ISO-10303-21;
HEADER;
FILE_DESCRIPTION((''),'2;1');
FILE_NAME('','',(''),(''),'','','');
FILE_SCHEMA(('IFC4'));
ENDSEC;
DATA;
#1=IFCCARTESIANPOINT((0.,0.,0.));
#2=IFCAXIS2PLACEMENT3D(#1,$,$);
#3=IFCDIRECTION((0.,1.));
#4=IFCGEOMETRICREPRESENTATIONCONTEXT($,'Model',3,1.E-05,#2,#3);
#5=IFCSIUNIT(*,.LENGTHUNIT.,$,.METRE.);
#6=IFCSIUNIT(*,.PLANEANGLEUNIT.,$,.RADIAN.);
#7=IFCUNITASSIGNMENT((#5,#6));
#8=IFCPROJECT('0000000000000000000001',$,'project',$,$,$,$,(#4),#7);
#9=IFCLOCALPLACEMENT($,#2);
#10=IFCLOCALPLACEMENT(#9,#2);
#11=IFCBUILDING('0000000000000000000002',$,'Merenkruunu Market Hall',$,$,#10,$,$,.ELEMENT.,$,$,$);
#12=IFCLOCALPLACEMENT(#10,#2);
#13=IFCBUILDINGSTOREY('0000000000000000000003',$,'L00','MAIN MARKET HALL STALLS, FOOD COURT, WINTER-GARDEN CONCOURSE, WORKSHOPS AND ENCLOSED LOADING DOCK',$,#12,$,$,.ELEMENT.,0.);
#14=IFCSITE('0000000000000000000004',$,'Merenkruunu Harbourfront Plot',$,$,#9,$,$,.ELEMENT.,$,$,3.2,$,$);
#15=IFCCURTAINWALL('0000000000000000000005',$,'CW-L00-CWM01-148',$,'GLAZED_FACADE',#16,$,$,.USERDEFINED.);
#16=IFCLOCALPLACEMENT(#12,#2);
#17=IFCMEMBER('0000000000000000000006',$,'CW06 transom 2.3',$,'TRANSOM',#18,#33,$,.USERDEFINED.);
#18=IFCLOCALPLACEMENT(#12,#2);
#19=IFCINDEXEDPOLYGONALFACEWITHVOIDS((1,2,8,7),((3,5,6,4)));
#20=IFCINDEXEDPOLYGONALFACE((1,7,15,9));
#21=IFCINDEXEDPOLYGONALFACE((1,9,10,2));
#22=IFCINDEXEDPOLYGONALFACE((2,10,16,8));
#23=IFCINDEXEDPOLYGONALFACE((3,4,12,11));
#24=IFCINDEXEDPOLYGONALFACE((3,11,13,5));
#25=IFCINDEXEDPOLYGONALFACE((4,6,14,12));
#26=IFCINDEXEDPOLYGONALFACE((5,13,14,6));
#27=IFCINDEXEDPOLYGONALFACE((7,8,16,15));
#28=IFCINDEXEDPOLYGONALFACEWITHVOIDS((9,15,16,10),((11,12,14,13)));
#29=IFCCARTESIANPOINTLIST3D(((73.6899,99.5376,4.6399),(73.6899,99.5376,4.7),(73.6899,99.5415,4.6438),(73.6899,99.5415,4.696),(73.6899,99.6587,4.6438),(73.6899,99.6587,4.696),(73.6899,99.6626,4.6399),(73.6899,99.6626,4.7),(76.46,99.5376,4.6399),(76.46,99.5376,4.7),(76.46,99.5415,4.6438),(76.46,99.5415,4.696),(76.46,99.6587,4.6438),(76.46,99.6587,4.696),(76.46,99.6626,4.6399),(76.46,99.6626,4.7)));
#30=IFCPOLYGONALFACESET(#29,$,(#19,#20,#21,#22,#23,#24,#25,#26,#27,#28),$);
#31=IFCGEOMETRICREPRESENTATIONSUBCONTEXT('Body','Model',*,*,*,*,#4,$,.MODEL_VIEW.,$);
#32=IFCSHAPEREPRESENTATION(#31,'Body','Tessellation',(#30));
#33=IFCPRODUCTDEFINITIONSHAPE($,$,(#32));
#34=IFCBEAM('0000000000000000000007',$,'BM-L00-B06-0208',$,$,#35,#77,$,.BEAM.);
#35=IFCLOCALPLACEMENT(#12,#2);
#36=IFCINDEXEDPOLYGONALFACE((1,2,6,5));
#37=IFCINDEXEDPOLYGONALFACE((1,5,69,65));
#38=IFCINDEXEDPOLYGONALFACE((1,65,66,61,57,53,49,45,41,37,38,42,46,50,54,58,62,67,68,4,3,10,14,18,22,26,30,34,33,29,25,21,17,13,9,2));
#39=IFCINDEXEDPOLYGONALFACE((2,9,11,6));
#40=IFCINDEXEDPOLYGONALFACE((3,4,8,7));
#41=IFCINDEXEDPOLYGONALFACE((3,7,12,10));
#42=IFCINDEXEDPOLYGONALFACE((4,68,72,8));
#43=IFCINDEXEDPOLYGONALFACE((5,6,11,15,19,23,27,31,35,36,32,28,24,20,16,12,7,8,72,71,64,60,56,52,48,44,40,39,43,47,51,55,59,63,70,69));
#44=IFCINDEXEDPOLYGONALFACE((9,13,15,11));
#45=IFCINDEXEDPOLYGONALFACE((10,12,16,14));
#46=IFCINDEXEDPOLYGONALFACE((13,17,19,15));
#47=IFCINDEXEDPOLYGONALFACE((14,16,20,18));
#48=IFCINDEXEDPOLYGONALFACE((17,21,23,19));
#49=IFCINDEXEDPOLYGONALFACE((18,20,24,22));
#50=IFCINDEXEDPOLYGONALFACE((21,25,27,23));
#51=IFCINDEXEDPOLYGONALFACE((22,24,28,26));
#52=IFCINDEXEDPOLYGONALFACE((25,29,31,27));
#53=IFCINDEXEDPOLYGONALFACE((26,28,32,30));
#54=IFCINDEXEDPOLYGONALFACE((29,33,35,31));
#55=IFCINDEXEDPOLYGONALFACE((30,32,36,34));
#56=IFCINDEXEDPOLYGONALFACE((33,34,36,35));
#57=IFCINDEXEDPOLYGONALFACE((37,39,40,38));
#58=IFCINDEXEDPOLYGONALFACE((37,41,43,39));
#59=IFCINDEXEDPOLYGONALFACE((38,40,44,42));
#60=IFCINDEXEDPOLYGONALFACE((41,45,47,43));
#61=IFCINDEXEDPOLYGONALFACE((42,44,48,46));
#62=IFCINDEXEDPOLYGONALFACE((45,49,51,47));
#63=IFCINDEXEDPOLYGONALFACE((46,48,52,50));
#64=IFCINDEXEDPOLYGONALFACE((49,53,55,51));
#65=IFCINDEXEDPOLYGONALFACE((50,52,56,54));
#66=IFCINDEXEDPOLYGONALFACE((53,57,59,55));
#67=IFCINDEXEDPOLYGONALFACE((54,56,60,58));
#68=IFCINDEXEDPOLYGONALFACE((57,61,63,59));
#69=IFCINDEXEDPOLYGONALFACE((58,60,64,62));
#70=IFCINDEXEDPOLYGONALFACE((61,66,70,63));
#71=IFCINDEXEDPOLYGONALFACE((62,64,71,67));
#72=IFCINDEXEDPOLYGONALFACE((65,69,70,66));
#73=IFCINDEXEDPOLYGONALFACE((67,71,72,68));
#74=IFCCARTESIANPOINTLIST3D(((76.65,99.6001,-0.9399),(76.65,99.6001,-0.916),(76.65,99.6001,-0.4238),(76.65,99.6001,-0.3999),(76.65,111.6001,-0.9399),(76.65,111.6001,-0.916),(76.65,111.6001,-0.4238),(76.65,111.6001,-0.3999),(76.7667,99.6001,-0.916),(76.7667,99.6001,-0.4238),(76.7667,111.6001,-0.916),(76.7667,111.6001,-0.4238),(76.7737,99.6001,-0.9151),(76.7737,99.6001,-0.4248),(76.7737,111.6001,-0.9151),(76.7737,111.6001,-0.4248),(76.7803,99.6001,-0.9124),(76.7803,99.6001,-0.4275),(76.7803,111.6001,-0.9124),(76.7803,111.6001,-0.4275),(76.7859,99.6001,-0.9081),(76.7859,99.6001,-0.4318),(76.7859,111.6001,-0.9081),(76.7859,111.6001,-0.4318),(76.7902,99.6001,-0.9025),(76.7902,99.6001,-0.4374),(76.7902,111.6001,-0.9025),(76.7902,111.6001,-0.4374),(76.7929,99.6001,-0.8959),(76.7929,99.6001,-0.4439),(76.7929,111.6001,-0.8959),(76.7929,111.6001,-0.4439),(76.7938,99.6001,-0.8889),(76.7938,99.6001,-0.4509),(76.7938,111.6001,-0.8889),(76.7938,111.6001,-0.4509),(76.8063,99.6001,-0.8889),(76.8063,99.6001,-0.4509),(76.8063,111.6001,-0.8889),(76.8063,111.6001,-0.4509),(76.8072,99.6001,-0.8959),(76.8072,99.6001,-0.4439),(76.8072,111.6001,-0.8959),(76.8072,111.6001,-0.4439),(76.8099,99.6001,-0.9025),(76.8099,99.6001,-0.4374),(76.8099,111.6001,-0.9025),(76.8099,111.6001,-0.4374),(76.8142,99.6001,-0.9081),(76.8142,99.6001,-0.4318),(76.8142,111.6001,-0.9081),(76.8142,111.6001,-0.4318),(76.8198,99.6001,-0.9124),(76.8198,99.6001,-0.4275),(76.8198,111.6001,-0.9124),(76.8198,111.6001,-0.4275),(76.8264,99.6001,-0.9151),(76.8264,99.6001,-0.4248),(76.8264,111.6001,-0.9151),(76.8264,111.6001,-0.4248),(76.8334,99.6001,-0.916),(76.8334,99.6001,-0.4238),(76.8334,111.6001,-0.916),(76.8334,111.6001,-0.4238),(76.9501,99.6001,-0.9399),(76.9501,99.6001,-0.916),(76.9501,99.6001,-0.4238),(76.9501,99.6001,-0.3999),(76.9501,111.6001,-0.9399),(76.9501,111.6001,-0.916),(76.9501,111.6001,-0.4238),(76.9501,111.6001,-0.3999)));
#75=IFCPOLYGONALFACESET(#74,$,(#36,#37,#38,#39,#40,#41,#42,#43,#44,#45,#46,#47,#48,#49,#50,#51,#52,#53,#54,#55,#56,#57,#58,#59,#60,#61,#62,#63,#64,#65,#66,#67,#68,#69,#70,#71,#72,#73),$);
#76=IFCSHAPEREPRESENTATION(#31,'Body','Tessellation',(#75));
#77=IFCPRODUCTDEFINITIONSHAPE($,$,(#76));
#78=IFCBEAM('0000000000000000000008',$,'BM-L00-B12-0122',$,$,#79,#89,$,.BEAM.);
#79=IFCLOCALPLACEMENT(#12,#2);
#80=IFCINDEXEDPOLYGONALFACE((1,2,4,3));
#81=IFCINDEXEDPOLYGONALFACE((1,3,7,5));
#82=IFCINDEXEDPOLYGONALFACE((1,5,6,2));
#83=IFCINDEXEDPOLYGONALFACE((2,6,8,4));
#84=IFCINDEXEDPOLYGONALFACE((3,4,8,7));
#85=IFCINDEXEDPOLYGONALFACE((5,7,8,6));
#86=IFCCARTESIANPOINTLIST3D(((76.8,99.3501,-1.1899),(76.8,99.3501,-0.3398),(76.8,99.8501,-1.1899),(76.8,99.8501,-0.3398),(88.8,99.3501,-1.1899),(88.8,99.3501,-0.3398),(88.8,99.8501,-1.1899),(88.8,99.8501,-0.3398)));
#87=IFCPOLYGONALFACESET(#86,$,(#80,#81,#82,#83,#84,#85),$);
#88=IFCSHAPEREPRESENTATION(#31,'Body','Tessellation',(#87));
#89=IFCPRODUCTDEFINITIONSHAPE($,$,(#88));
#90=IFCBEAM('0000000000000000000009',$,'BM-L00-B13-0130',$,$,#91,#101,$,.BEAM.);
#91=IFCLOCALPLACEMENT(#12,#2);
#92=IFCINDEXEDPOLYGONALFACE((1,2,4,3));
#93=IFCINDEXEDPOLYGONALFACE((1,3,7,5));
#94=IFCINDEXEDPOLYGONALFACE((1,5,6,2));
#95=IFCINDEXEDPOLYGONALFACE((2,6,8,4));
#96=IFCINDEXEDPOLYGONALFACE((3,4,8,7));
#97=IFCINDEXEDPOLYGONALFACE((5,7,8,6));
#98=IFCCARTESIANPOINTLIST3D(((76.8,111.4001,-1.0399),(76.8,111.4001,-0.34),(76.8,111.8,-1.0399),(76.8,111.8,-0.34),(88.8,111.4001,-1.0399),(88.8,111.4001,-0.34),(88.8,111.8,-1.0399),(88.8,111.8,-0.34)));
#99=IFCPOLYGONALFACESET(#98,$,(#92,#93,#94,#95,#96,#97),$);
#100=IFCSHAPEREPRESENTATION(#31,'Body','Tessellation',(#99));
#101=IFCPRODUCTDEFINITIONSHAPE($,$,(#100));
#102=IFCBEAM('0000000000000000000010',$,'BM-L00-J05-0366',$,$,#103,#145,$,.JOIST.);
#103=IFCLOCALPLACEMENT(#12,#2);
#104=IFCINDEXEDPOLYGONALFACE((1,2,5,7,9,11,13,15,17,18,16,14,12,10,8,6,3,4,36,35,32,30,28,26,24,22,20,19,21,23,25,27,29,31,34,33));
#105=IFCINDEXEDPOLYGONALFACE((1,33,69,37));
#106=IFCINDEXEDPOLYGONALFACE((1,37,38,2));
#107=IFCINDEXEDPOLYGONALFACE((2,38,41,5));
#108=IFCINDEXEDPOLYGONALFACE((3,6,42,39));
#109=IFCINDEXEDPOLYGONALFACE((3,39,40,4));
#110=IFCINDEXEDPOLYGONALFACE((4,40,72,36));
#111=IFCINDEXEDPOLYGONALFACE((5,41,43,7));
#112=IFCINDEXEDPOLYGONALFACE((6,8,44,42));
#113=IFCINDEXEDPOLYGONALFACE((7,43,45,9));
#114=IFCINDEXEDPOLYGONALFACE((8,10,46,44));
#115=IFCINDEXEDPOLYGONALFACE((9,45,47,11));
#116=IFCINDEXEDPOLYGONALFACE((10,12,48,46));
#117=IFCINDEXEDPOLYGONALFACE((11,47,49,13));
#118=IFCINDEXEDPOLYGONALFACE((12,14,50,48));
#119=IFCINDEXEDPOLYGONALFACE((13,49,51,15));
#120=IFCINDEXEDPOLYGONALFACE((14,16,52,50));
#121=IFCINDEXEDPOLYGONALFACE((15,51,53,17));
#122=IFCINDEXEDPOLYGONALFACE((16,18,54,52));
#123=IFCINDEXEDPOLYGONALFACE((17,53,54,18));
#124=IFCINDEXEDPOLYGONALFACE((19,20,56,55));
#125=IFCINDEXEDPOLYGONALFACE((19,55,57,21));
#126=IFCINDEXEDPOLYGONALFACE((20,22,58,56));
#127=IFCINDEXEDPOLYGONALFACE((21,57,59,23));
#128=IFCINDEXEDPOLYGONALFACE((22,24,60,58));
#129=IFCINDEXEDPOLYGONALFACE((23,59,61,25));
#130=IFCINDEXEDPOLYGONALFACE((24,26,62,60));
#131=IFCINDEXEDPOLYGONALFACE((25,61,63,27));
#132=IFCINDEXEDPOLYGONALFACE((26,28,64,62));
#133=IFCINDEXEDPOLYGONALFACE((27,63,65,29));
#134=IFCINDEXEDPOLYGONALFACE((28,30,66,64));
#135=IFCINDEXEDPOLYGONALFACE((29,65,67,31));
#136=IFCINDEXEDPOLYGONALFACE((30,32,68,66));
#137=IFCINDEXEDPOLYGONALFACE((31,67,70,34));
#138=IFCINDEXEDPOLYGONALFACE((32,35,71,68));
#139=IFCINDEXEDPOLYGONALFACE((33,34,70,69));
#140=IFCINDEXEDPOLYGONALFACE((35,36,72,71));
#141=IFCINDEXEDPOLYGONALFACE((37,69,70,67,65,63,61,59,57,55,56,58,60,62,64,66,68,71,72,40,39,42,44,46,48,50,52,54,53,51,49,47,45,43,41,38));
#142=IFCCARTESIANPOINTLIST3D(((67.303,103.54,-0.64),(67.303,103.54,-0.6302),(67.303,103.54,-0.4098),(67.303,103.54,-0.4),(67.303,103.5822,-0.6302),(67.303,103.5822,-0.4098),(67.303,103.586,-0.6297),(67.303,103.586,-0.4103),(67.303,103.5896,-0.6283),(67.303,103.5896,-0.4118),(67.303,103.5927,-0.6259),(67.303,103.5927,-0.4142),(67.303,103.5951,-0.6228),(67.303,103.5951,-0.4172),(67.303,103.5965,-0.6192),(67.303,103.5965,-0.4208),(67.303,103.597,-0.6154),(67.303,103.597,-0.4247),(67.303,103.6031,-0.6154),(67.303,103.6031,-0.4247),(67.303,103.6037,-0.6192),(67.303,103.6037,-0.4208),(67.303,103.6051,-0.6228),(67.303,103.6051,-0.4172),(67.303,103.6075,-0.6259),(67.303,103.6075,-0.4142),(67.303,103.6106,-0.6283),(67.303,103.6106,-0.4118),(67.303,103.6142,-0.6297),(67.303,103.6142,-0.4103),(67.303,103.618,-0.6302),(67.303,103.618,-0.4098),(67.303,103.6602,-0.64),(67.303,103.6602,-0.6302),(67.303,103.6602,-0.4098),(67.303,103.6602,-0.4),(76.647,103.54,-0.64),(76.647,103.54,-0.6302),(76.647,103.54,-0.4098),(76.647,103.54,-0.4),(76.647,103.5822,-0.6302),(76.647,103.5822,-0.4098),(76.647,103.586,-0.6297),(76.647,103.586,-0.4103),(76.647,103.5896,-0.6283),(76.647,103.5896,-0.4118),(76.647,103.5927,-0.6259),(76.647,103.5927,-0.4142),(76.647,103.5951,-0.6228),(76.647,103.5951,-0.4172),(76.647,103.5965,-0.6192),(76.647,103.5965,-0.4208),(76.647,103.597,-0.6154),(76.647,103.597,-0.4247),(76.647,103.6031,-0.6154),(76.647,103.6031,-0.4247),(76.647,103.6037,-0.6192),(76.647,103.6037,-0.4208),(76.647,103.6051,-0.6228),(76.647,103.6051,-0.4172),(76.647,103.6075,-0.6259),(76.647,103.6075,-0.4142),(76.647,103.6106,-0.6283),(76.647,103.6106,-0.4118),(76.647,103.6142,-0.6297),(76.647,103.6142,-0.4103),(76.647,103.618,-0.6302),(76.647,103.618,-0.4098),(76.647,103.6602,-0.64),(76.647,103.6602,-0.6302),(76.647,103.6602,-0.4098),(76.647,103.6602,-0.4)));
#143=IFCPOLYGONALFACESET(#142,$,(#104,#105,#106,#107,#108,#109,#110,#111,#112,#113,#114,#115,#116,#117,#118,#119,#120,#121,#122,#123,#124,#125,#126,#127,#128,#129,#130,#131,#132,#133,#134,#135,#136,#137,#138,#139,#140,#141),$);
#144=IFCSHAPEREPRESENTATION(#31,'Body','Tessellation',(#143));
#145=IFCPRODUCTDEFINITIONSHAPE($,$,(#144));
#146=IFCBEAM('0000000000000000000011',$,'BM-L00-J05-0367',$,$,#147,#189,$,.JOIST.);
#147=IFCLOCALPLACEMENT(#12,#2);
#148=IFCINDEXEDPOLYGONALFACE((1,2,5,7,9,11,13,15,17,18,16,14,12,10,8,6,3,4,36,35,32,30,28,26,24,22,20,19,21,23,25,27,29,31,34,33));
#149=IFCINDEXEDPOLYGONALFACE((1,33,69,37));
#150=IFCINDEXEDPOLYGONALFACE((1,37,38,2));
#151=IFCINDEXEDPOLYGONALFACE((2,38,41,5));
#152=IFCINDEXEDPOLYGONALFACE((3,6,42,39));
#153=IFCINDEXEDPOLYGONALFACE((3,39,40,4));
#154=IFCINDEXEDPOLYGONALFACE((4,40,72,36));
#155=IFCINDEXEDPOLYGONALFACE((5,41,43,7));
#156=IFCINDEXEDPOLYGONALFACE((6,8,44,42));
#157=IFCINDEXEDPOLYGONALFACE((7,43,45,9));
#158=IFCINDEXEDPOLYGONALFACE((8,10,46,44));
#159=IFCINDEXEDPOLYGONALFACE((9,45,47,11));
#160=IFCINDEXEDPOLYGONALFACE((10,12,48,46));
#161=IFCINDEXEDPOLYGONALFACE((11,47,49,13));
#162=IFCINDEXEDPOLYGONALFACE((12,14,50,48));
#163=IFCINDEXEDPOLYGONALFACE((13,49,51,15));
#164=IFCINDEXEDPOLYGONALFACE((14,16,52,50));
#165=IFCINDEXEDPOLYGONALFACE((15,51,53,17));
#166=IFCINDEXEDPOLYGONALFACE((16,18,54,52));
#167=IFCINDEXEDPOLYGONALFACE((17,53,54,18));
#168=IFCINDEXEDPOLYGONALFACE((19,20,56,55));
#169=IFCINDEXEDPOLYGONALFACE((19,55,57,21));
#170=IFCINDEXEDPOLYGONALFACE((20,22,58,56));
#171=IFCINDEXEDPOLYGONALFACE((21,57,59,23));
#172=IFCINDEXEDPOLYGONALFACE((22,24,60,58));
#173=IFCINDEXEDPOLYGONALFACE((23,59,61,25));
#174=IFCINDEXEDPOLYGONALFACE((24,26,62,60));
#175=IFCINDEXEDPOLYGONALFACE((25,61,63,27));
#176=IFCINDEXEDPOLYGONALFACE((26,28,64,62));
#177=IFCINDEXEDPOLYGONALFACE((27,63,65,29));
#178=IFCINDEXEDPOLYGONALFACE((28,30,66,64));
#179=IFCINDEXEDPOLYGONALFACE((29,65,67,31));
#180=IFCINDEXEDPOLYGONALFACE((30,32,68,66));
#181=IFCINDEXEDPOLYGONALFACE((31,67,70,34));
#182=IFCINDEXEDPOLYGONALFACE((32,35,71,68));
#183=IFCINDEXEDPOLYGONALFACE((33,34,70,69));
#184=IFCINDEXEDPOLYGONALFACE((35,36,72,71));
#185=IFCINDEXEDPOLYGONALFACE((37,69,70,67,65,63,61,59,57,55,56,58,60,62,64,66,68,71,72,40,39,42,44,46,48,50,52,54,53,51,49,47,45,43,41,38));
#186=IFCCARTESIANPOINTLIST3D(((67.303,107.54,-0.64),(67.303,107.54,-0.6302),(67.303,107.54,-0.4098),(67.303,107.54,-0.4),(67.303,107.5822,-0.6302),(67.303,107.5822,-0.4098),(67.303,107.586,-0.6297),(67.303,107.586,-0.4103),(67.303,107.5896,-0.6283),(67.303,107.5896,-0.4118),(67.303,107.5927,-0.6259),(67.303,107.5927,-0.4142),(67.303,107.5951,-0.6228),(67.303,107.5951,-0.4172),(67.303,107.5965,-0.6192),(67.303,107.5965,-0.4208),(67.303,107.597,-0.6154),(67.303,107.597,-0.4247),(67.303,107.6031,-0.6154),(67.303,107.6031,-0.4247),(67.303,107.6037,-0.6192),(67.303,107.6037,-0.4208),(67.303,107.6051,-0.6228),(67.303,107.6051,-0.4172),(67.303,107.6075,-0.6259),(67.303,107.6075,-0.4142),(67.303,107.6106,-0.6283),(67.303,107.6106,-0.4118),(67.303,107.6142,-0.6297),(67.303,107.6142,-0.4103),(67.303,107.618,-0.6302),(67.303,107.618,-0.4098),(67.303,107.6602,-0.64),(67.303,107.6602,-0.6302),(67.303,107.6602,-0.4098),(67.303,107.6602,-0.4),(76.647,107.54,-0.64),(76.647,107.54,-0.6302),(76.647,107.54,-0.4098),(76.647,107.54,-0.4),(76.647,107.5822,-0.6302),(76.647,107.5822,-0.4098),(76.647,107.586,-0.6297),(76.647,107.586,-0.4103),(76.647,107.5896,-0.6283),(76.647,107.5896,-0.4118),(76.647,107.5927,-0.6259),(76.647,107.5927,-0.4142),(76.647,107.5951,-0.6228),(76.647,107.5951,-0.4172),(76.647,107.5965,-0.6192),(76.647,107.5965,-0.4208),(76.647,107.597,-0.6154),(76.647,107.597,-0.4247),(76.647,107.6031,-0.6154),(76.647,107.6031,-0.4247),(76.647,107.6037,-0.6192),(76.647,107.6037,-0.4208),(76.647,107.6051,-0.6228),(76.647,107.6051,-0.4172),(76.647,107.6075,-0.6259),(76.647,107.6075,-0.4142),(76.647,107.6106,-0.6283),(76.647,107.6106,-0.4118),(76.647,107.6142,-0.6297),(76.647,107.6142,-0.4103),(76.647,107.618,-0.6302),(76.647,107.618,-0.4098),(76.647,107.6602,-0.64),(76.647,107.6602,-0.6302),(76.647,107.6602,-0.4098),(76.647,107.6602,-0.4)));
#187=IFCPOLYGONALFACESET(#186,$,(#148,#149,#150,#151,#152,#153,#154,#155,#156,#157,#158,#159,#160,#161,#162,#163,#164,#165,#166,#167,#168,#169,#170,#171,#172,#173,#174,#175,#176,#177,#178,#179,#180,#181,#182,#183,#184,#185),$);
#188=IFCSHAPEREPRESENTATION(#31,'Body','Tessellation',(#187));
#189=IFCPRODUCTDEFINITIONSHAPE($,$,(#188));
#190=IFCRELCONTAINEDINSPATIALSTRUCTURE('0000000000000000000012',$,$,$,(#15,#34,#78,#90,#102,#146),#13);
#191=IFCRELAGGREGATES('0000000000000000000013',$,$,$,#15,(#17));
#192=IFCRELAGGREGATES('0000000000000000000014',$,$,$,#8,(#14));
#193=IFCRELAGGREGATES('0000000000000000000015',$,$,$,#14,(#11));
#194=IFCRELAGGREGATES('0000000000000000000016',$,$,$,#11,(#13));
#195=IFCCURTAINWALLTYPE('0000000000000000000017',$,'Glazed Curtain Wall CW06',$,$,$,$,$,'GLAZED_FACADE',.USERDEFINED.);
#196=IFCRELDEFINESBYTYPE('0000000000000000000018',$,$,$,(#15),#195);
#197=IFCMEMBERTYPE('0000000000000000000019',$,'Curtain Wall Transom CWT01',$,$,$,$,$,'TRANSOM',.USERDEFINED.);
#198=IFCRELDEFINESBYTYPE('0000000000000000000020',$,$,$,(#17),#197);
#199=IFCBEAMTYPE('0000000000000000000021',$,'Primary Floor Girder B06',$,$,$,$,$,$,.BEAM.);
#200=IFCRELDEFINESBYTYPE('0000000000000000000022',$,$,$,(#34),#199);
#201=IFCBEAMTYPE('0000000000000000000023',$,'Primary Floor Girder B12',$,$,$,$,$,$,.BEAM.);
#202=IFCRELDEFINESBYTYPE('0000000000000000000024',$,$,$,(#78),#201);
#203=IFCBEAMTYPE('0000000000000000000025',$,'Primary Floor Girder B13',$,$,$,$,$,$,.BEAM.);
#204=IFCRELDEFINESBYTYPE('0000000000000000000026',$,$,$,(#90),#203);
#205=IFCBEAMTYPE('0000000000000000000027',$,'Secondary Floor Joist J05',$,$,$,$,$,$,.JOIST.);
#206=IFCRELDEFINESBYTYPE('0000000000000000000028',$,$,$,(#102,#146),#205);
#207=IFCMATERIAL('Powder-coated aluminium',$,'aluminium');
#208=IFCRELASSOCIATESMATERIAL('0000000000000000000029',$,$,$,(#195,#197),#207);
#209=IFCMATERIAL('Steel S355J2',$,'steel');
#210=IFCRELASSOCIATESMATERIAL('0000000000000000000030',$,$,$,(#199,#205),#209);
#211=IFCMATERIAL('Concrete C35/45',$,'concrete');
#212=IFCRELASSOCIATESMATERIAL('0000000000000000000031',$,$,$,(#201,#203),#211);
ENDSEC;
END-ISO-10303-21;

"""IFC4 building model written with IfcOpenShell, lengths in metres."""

from ifc_helpers import new_model, si_unit, direction, frame, origin, origin_2d, place, context, subcontext, project, spatial, rectangle, hollow_rectangle, i_section, extrude, material, material_profile, profile_set, type_object, element, aggregate, save


model = new_model("IFC4")

# Units and contexts
model_context = context("Model", 3, precision=1e-05, world=origin(), true_north=direction((0.0, 1.0)))
body_context = subcontext(model_context, "Body", "Model", "MODEL_VIEW")
ifc_project = project(units=[si_unit("LENGTHUNIT", "METRE"), si_unit("PLANEANGLEUNIT", "RADIAN")], contexts=[model_context])

# Site, building, storey
site_placement = place(None, origin())
site = spatial("IfcSite", under=ifc_project, at=site_placement, Name="Merenkruunu Harbourfront Plot", CompositionType="ELEMENT", RefElevation=3.2)
building_placement = place(site_placement, origin())
building = spatial("IfcBuilding", under=site, at=building_placement, Name="Merenkruunu Market Hall", CompositionType="ELEMENT")
storey_placement = place(building_placement, origin())
storey = spatial("IfcBuildingStorey", under=building, at=storey_placement, Name="L00", Description="MAIN MARKET HALL STALLS, FOOD COURT, WINTER-GARDEN CONCOURSE, WORKSHOPS AND ENCLOSED LOADING DOCK", CompositionType="ELEMENT", Elevation=0.0)

# Curtain wall, member
ifc_material_1 = material(Name="Powder-coated aluminium", Category="aluminium")
curtain_wall_type = type_object("IfcCurtainWallType", Name="Glazed Curtain Wall CW06", ElementType="GLAZED_FACADE", PredefinedType="USERDEFINED", material=ifc_material_1)
curtain_wall_placement = place(storey_placement, origin())
curtain_wall = element("IfcCurtainWall", 1, at=curtain_wall_placement, inside=storey, type_object=curtain_wall_type, Name="CW-L00-CWM01-148", ObjectType="GLAZED_FACADE", PredefinedType="USERDEFINED")
ifc_material_profile_1 = material_profile(ifc_material_1, hollow_rectangle(XDim=0.0601, YDim=0.125, WallThickness=0.0039, at=origin_2d()), Name="ALU 60x125x4")
ifc_profile_set_1 = profile_set([ifc_material_profile_1], Name="Powder-coated aluminium")
member_type_1 = type_object("IfcMemberType", Name="Curtain Wall Transom CWT01", ElementType="TRANSOM", PredefinedType="USERDEFINED", material=ifc_profile_set_1)
member_1_placement = place(storey_placement, frame((73.6899, 99.6001, 4.6699), z_axis=(1.0, 0.0, 0.0), x_axis=(0.0, 0.0, 1.0)))
member_1 = element("IfcMember", 2, at=member_1_placement, type_object=member_type_1, Name="CW06 transom 2.3", ObjectType="TRANSOM", PredefinedType="USERDEFINED", context=body_context, shape_type="SweptSolid", body=[
    extrude(hollow_rectangle(XDim=0.0601, YDim=0.125, WallThickness=0.0039, at=origin_2d()), origin(), (0.0, 0.0, 1.0), 2.77),
])

# Beams
ifc_material_2 = material(Name="Steel S355J2", Category="steel")
ifc_material_profile_2 = material_profile(ifc_material_2, i_section(OverallWidth=0.3, OverallDepth=0.54, WebThickness=0.0125, FlangeThickness=0.0239, FilletRadius=0.0271, at=origin_2d()), Name="HEA 550")
ifc_profile_set_2 = profile_set([ifc_material_profile_2], Name="Steel S355J2")
beam_type_1 = type_object("IfcBeamType", Name="Primary Floor Girder B06", PredefinedType="BEAM", material=ifc_profile_set_2)
beam_1_placement = place(storey_placement, frame((76.8, 99.6001, -0.6699), z_axis=(0.0, 1.0, 0.0), x_axis=(-1.0, 0.0, 0.0)))
element("IfcBeam", 3, at=beam_1_placement, inside=storey, type_object=beam_type_1, Name="BM-L00-B06-0208", PredefinedType="BEAM", context=body_context, shape_type="SweptSolid", body=[
    extrude(i_section(OverallWidth=0.3, OverallDepth=0.54, WebThickness=0.0125, FlangeThickness=0.0239, FilletRadius=0.0271, at=origin_2d()), origin(), (0.0, 0.0, 1.0), 12.0),
])
ifc_material_3 = material(Name="Concrete C35/45", Category="concrete")
ifc_material_profile_3 = material_profile(ifc_material_3, rectangle(XDim=0.5, YDim=0.8501, at=origin_2d()), Name="RC 500x850")
ifc_profile_set_3 = profile_set([ifc_material_profile_3], Name="Concrete C35/45")
beam_type_2 = type_object("IfcBeamType", Name="Primary Floor Girder B12", PredefinedType="BEAM", material=ifc_profile_set_3)
beam_2_placement = place(storey_placement, frame((76.8, 99.6001, -0.7649), z_axis=(1.0, 0.0, 0.0), x_axis=(0.0, 1.0, 0.0)))
element("IfcBeam", 4, at=beam_2_placement, inside=storey, type_object=beam_type_2, Name="BM-L00-B12-0122", PredefinedType="BEAM", context=body_context, shape_type="SweptSolid", body=[
    extrude(rectangle(XDim=0.5, YDim=0.8501, at=origin_2d()), origin(), (0.0, 0.0, 1.0), 12.0),
])
ifc_material_profile_4 = material_profile(ifc_material_3, rectangle(XDim=0.3999, YDim=0.7, at=origin_2d()), Name="RC 400x700")
ifc_profile_set_4 = profile_set([ifc_material_profile_4], Name="Concrete C35/45")
beam_type_3 = type_object("IfcBeamType", Name="Primary Floor Girder B13", PredefinedType="BEAM", material=ifc_profile_set_4)
beam_3_placement = place(storey_placement, frame((76.8, 111.6001, -0.6899), z_axis=(1.0, 0.0, 0.0), x_axis=(0.0, 1.0, 0.0)))
element("IfcBeam", 5, at=beam_3_placement, inside=storey, type_object=beam_type_3, Name="BM-L00-B13-0130", PredefinedType="BEAM", context=body_context, shape_type="SweptSolid", body=[
    extrude(rectangle(XDim=0.3999, YDim=0.7, at=origin_2d()), origin(), (0.0, 0.0, 1.0), 12.0),
])
ifc_material_profile_5 = material_profile(ifc_material_2, i_section(OverallWidth=0.1201, OverallDepth=0.24, WebThickness=0.0061, FlangeThickness=0.0098, FilletRadius=0.0149, at=origin_2d()), Name="IPE 240")
ifc_profile_set_5 = profile_set([ifc_material_profile_5], Name="Steel S355J2")
beam_type_4 = type_object("IfcBeamType", Name="Secondary Floor Joist J05", PredefinedType="JOIST", material=ifc_profile_set_5)
for number, where, z_axis, x_axis, name in (
    (6, (67.303, 103.6001, -0.52), (1.0, 0.0, 0.0), (0.0, 1.0, 0.0), "BM-L00-J05-0366"),
    (7, (67.303, 107.6001, -0.52), (1.0, 0.0, 0.0), (0.0, 1.0, 0.0), "BM-L00-J05-0367"),
):
    element("IfcBeam", number, at=place(storey_placement, frame(where, z_axis=z_axis, x_axis=x_axis)), inside=storey, type_object=beam_type_4, Name=name, PredefinedType="JOIST", context=body_context, shape_type="SweptSolid", body=[
        extrude(i_section(OverallWidth=0.1201, OverallDepth=0.24, WebThickness=0.0061, FlangeThickness=0.0098, FilletRadius=0.0149, at=origin_2d()), origin(), (0.0, 0.0, 1.0), 9.344),
    ])

aggregate(curtain_wall, [member_1])

save(model, "model.ifc")
